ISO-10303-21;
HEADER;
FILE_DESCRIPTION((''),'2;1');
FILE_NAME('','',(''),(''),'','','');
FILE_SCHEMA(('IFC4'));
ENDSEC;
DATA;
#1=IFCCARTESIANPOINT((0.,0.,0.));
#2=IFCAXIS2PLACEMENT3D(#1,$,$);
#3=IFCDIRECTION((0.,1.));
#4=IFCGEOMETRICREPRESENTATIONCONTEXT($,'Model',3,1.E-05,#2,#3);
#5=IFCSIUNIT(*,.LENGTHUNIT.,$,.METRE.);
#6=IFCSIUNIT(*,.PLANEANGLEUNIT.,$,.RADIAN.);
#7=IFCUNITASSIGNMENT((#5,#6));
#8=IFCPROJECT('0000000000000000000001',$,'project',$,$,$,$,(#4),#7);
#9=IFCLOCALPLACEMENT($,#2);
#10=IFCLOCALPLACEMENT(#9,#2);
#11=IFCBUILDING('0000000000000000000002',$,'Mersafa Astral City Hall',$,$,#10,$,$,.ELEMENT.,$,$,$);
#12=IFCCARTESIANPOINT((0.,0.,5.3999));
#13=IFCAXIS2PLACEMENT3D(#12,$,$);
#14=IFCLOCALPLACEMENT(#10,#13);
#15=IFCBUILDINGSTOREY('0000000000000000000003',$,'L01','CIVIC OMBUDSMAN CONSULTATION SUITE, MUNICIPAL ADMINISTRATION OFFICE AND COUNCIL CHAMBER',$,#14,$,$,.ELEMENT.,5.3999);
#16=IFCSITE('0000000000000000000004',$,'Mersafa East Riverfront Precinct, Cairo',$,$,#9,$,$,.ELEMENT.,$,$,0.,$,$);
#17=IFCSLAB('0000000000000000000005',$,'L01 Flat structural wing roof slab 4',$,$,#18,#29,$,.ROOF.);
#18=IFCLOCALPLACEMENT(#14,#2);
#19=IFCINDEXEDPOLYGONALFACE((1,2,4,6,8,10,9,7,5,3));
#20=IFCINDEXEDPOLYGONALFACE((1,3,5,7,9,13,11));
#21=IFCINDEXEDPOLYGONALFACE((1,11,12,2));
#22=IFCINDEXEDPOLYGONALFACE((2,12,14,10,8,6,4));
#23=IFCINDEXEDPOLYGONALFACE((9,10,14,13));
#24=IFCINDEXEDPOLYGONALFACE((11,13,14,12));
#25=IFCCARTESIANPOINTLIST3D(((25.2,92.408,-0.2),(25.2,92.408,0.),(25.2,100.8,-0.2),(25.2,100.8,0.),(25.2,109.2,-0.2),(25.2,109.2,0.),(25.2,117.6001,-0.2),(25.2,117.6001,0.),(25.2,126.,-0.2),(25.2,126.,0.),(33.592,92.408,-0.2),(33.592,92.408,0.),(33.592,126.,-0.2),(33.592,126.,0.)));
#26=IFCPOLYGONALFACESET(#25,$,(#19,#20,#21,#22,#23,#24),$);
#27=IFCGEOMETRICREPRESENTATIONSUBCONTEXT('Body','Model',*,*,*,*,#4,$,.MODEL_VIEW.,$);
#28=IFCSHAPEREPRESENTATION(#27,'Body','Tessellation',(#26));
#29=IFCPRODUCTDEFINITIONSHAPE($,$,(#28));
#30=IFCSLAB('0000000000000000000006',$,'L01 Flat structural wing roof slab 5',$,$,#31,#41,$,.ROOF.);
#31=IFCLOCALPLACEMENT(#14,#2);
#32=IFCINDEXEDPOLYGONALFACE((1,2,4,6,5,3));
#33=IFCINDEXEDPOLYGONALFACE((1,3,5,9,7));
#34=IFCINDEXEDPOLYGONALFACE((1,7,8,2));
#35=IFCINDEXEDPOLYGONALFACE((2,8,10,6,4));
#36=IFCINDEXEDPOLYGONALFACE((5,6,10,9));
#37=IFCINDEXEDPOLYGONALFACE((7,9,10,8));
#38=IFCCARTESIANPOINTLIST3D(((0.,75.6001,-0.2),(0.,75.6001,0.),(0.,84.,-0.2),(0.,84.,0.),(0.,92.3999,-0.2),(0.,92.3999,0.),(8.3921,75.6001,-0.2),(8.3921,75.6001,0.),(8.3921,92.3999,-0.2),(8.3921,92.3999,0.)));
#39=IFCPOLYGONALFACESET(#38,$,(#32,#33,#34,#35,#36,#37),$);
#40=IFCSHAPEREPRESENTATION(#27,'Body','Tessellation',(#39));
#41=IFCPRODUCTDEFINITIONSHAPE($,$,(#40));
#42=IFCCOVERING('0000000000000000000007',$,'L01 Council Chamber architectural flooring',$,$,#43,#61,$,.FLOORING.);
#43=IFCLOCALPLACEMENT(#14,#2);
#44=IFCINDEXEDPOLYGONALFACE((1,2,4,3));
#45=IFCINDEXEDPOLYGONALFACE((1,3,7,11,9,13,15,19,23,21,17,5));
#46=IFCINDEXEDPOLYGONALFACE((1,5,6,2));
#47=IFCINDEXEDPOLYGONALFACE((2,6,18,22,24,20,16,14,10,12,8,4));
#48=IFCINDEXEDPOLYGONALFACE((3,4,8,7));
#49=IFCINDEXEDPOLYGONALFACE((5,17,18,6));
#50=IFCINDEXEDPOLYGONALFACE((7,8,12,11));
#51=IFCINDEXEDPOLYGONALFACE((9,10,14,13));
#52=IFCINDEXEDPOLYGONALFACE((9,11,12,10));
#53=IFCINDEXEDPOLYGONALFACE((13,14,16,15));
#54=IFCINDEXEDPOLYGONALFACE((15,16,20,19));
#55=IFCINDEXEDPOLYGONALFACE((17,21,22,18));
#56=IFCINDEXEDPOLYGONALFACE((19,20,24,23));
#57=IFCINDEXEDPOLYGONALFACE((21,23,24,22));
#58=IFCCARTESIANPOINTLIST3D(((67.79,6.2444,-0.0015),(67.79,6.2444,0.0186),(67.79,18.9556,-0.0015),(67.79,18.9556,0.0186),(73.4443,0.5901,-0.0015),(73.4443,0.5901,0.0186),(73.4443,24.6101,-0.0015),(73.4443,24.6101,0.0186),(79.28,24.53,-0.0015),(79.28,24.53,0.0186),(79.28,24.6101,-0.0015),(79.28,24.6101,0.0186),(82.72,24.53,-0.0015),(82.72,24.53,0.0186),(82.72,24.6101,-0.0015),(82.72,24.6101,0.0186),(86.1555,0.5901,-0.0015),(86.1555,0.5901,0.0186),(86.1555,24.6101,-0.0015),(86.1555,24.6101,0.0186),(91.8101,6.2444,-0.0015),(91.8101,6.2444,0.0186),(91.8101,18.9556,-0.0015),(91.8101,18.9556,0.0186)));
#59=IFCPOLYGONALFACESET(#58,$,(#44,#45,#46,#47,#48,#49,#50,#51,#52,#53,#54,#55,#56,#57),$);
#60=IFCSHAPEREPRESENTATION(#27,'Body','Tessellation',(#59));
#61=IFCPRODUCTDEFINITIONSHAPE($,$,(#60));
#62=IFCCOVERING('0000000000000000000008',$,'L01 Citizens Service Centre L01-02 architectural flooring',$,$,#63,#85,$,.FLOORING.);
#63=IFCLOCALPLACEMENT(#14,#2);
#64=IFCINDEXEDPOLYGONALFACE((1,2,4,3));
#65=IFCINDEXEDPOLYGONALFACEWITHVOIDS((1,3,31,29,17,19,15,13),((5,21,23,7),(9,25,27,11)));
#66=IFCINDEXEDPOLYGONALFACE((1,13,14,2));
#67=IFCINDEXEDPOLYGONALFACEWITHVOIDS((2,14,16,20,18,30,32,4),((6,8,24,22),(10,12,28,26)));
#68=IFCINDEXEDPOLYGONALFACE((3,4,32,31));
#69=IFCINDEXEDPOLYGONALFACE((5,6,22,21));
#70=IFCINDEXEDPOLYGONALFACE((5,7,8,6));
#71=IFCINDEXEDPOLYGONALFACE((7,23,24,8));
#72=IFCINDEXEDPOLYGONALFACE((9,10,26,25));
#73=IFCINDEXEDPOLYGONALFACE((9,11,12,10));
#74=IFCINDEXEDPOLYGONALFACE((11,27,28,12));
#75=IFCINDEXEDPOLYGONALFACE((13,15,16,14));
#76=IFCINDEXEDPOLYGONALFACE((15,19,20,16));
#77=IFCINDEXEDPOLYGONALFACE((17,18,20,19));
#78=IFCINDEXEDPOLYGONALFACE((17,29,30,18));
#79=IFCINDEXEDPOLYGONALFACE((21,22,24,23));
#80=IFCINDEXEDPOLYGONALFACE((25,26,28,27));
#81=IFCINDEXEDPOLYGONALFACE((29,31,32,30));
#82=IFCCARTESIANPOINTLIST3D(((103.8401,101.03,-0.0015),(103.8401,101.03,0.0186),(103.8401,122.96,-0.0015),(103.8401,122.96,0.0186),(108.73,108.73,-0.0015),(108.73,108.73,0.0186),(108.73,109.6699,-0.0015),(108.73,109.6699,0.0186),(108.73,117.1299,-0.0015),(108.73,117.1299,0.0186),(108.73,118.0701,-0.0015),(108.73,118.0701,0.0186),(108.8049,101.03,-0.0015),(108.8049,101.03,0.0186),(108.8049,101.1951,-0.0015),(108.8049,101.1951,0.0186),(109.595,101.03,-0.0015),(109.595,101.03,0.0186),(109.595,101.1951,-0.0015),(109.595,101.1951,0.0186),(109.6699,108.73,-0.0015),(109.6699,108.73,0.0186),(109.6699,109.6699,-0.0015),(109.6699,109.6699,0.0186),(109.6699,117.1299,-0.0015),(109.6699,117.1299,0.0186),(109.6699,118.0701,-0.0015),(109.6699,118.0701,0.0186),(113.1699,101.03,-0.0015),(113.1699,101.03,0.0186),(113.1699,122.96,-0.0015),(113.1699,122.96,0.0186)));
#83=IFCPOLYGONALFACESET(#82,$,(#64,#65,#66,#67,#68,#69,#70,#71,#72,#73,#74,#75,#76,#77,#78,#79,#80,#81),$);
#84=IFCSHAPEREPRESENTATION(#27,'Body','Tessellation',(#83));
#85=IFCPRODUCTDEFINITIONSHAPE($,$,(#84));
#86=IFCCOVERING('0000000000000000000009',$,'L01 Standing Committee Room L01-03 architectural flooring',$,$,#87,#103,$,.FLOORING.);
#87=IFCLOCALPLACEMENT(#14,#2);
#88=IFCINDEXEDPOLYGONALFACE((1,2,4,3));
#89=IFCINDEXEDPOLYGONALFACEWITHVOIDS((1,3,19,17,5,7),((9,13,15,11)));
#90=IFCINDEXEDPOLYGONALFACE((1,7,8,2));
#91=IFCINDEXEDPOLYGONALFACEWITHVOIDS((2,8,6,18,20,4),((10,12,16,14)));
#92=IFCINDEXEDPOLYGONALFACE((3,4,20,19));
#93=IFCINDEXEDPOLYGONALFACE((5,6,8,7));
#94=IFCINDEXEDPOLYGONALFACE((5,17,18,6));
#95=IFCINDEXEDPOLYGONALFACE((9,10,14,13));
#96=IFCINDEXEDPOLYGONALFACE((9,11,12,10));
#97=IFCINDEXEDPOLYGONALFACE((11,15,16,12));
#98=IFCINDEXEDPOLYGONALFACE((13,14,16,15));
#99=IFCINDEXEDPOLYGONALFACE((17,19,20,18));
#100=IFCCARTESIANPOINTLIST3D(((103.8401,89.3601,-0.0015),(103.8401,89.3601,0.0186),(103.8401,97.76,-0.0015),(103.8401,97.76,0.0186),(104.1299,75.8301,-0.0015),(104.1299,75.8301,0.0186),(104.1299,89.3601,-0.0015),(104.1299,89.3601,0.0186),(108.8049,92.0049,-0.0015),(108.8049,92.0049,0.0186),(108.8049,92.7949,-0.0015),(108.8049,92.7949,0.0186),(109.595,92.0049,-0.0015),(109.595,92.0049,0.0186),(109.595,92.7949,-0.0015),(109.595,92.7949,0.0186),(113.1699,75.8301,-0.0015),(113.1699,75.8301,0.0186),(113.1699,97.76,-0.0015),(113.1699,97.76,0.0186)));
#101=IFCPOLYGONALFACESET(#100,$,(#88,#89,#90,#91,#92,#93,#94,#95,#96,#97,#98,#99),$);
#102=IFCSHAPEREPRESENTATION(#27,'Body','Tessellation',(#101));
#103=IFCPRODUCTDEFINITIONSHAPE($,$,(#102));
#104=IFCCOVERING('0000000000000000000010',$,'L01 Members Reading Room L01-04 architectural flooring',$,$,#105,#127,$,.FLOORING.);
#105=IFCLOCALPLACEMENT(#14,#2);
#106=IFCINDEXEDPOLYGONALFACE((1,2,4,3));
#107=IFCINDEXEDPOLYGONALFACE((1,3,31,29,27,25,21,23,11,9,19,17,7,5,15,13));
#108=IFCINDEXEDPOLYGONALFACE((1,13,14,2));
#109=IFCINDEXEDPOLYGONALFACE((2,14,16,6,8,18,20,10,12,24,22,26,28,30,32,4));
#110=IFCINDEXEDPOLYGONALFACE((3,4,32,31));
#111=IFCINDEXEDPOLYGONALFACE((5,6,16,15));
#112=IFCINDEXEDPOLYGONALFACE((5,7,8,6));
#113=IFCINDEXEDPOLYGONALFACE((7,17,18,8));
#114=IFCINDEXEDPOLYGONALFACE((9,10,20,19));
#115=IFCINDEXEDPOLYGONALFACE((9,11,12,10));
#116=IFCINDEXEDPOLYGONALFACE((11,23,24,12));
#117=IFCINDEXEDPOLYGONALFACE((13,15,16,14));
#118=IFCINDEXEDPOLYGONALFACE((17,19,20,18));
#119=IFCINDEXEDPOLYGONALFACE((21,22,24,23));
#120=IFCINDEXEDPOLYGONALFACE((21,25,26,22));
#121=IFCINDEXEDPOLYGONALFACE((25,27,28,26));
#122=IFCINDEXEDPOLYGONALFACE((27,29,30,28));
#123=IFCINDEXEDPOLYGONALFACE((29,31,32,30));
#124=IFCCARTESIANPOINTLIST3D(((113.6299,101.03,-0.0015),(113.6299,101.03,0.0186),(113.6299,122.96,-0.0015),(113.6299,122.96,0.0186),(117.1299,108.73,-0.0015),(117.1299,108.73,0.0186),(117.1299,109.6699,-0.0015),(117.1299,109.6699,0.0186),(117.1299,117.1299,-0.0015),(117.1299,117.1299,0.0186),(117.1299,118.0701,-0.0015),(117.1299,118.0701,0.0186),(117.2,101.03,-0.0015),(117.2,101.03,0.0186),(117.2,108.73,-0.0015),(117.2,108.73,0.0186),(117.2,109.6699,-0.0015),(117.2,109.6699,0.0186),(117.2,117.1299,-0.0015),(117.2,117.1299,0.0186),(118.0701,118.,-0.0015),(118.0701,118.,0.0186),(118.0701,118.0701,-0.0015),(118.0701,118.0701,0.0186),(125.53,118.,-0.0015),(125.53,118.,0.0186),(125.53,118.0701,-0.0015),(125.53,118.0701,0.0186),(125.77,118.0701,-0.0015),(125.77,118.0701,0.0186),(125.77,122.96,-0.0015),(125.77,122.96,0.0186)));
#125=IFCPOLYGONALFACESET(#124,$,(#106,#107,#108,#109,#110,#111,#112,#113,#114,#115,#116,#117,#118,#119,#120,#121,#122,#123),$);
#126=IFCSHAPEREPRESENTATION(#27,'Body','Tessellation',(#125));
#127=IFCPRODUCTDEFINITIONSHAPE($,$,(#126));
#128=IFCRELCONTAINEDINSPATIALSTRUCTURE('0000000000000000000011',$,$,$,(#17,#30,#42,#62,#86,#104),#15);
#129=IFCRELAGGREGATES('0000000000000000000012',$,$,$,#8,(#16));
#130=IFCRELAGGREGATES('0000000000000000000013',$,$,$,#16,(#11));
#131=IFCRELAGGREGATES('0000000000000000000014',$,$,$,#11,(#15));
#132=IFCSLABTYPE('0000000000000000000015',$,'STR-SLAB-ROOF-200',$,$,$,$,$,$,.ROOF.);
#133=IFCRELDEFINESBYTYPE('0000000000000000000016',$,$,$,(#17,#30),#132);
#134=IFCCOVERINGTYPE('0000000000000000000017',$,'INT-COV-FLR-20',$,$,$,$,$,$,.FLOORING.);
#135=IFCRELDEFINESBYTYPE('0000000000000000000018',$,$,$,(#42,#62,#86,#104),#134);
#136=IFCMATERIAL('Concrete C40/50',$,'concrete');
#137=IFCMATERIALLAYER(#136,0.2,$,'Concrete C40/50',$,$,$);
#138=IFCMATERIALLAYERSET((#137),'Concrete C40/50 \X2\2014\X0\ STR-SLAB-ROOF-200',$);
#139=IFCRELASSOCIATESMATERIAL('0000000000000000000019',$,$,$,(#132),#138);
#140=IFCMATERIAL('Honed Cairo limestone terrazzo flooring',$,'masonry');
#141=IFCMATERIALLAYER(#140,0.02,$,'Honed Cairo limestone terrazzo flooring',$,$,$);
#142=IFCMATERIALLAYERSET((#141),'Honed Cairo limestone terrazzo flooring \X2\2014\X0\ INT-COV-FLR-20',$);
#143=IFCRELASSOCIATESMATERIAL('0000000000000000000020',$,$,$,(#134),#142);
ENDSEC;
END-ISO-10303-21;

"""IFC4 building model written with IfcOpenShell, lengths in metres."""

from ifc_helpers import new_model, si_unit, direction, frame, origin, place, context, subcontext, project, spatial, polyline, outline, extrude, material, layer, layer_set, type_object, element, save


model = new_model("IFC4")

# Units and contexts
model_context = context("Model", 3, precision=1e-05, world=origin(), true_north=direction((0.0, 1.0)))
body_context = subcontext(model_context, "Body", "Model", "MODEL_VIEW")
ifc_project = project(units=[si_unit("LENGTHUNIT", "METRE"), si_unit("PLANEANGLEUNIT", "RADIAN")], contexts=[model_context])

# Site, building, storey
site_placement = place(None, origin())
site = spatial("IfcSite", under=ifc_project, at=site_placement, Name="Mersafa East Riverfront Precinct, Cairo", CompositionType="ELEMENT", RefElevation=0.0)
building_placement = place(site_placement, origin())
building = spatial("IfcBuilding", under=site, at=building_placement, Name="Mersafa Astral City Hall", CompositionType="ELEMENT")
storey_placement = place(building_placement, frame((0.0, 0.0, 5.3999)))
storey = spatial("IfcBuildingStorey", under=building, at=storey_placement, Name="L01", Description="CIVIC OMBUDSMAN CONSULTATION SUITE, MUNICIPAL ADMINISTRATION OFFICE AND COUNCIL CHAMBER", CompositionType="ELEMENT", Elevation=5.3999)

# Slabs
ifc_material_1 = material(Name="Concrete C40/50", Category="concrete")
ifc_layer_1 = layer(ifc_material_1, 0.2, Name="Concrete C40/50")
ifc_layer_set_1 = layer_set([ifc_layer_1], Name="Concrete C40/50 — STR-SLAB-ROOF-200")
slab_type_1 = type_object("IfcSlabType", Name="STR-SLAB-ROOF-200", PredefinedType="ROOF", material=ifc_layer_set_1)
slab_1_placement = place(storey_placement, frame((0.0, 0.0, -0.2)))
element("IfcSlab", 1, at=slab_1_placement, inside=storey, type_object=slab_type_1, Name="L01 Flat structural wing roof slab 4", PredefinedType="ROOF", context=body_context, shape_type="SweptSolid", body=[
    extrude(outline(polyline([(25.2, 100.8), (25.2, 109.2), (25.2, 117.6001), (25.2, 126.0), (33.592, 126.0), (33.592, 92.408), (25.2, 92.408), (25.2, 100.8)])), origin(), (0.0, 0.0, 1.0), 0.2),
])
slab_2_placement = place(storey_placement, frame((0.0, 0.0, -0.2)))
element("IfcSlab", 2, at=slab_2_placement, inside=storey, type_object=slab_type_1, Name="L01 Flat structural wing roof slab 5", PredefinedType="ROOF", context=body_context, shape_type="SweptSolid", body=[
    extrude(outline(polyline([(0.0, 75.6001), (0.0, 84.0), (0.0, 92.3999), (8.3921, 92.3999), (8.3921, 75.6001), (0.0, 75.6001)])), origin(), (0.0, 0.0, 1.0), 0.2),
])

# Coverings
ifc_material_2 = material(Name="Honed Cairo limestone terrazzo flooring", Category="masonry")
ifc_layer_2 = layer(ifc_material_2, 0.02, Name="Honed Cairo limestone terrazzo flooring")
ifc_layer_set_2 = layer_set([ifc_layer_2], Name="Honed Cairo limestone terrazzo flooring — INT-COV-FLR-20")
covering_type = type_object("IfcCoveringType", Name="INT-COV-FLR-20", PredefinedType="FLOORING", material=ifc_layer_set_2)
covering_1_placement = place(storey_placement, frame((0.0, 0.0, -0.0015)))
element("IfcCovering", 3, at=covering_1_placement, inside=storey, type_object=covering_type, Name="L01 Council Chamber architectural flooring", PredefinedType="FLOORING", context=body_context, shape_type="SweptSolid", body=[
    extrude(outline(polyline([(73.4443, 24.6101), (79.28, 24.6101), (79.28, 24.53), (82.72, 24.53), (82.72, 24.6101), (86.1555, 24.6101), (91.8101, 18.9556), (91.8101, 6.2444), (86.1555, 0.5901), (73.4443, 0.5901), (67.79, 6.2444), (67.79, 18.9556), (73.4443, 24.6101)])), origin(), (0.0, 0.0, 1.0), 0.02),
])
covering_2_placement = place(storey_placement, frame((0.0, 0.0, -0.0015)))
element("IfcCovering", 4, at=covering_2_placement, inside=storey, type_object=covering_type, Name="L01 Citizens Service Centre L01-02 architectural flooring", PredefinedType="FLOORING", context=body_context, shape_type="SweptSolid", body=[
    extrude(outline(polyline([(113.1699, 101.03), (109.595, 101.03), (109.595, 101.1951), (108.8049, 101.1951), (108.8049, 101.03), (103.8401, 101.03), (103.8401, 122.96), (113.1699, 122.96), (113.1699, 101.03)]), holes=[polyline([(109.6699, 108.73), (109.6699, 109.6699), (108.73, 109.6699), (108.73, 108.73), (109.6699, 108.73)]), polyline([(108.73, 117.1299), (109.6699, 117.1299), (109.6699, 118.0701), (108.73, 118.0701), (108.73, 117.1299)])]), origin(), (0.0, 0.0, 1.0), 0.02),
])
covering_3_placement = place(storey_placement, frame((0.0, 0.0, -0.0015)))
element("IfcCovering", 5, at=covering_3_placement, inside=storey, type_object=covering_type, Name="L01 Standing Committee Room L01-03 architectural flooring", PredefinedType="FLOORING", context=body_context, shape_type="SweptSolid", body=[
    extrude(outline(polyline([(103.8401, 97.76), (113.1699, 97.76), (113.1699, 75.8301), (104.1299, 75.8301), (104.1299, 89.3601), (103.8401, 89.3601), (103.8401, 97.76)]), holes=[polyline([(108.8049, 92.0049), (109.595, 92.0049), (109.595, 92.7949), (108.8049, 92.7949), (108.8049, 92.0049)])]), origin(), (0.0, 0.0, 1.0), 0.02),
])
covering_4_placement = place(storey_placement, frame((0.0, 0.0, -0.0015)))
element("IfcCovering", 6, at=covering_4_placement, inside=storey, type_object=covering_type, Name="L01 Members Reading Room L01-04 architectural flooring", PredefinedType="FLOORING", context=body_context, shape_type="SweptSolid", body=[
    extrude(outline(polyline([(113.6299, 122.96), (125.77, 122.96), (125.77, 118.0701), (125.53, 118.0701), (125.53, 118.0), (118.0701, 118.0), (118.0701, 118.0701), (117.1299, 118.0701), (117.1299, 117.1299), (117.2, 117.1299), (117.2, 109.6699), (117.1299, 109.6699), (117.1299, 108.73), (117.2, 108.73), (117.2, 101.03), (113.6299, 101.03), (113.6299, 122.96)])), origin(), (0.0, 0.0, 1.0), 0.02),
])

save(model, "model.ifc")
